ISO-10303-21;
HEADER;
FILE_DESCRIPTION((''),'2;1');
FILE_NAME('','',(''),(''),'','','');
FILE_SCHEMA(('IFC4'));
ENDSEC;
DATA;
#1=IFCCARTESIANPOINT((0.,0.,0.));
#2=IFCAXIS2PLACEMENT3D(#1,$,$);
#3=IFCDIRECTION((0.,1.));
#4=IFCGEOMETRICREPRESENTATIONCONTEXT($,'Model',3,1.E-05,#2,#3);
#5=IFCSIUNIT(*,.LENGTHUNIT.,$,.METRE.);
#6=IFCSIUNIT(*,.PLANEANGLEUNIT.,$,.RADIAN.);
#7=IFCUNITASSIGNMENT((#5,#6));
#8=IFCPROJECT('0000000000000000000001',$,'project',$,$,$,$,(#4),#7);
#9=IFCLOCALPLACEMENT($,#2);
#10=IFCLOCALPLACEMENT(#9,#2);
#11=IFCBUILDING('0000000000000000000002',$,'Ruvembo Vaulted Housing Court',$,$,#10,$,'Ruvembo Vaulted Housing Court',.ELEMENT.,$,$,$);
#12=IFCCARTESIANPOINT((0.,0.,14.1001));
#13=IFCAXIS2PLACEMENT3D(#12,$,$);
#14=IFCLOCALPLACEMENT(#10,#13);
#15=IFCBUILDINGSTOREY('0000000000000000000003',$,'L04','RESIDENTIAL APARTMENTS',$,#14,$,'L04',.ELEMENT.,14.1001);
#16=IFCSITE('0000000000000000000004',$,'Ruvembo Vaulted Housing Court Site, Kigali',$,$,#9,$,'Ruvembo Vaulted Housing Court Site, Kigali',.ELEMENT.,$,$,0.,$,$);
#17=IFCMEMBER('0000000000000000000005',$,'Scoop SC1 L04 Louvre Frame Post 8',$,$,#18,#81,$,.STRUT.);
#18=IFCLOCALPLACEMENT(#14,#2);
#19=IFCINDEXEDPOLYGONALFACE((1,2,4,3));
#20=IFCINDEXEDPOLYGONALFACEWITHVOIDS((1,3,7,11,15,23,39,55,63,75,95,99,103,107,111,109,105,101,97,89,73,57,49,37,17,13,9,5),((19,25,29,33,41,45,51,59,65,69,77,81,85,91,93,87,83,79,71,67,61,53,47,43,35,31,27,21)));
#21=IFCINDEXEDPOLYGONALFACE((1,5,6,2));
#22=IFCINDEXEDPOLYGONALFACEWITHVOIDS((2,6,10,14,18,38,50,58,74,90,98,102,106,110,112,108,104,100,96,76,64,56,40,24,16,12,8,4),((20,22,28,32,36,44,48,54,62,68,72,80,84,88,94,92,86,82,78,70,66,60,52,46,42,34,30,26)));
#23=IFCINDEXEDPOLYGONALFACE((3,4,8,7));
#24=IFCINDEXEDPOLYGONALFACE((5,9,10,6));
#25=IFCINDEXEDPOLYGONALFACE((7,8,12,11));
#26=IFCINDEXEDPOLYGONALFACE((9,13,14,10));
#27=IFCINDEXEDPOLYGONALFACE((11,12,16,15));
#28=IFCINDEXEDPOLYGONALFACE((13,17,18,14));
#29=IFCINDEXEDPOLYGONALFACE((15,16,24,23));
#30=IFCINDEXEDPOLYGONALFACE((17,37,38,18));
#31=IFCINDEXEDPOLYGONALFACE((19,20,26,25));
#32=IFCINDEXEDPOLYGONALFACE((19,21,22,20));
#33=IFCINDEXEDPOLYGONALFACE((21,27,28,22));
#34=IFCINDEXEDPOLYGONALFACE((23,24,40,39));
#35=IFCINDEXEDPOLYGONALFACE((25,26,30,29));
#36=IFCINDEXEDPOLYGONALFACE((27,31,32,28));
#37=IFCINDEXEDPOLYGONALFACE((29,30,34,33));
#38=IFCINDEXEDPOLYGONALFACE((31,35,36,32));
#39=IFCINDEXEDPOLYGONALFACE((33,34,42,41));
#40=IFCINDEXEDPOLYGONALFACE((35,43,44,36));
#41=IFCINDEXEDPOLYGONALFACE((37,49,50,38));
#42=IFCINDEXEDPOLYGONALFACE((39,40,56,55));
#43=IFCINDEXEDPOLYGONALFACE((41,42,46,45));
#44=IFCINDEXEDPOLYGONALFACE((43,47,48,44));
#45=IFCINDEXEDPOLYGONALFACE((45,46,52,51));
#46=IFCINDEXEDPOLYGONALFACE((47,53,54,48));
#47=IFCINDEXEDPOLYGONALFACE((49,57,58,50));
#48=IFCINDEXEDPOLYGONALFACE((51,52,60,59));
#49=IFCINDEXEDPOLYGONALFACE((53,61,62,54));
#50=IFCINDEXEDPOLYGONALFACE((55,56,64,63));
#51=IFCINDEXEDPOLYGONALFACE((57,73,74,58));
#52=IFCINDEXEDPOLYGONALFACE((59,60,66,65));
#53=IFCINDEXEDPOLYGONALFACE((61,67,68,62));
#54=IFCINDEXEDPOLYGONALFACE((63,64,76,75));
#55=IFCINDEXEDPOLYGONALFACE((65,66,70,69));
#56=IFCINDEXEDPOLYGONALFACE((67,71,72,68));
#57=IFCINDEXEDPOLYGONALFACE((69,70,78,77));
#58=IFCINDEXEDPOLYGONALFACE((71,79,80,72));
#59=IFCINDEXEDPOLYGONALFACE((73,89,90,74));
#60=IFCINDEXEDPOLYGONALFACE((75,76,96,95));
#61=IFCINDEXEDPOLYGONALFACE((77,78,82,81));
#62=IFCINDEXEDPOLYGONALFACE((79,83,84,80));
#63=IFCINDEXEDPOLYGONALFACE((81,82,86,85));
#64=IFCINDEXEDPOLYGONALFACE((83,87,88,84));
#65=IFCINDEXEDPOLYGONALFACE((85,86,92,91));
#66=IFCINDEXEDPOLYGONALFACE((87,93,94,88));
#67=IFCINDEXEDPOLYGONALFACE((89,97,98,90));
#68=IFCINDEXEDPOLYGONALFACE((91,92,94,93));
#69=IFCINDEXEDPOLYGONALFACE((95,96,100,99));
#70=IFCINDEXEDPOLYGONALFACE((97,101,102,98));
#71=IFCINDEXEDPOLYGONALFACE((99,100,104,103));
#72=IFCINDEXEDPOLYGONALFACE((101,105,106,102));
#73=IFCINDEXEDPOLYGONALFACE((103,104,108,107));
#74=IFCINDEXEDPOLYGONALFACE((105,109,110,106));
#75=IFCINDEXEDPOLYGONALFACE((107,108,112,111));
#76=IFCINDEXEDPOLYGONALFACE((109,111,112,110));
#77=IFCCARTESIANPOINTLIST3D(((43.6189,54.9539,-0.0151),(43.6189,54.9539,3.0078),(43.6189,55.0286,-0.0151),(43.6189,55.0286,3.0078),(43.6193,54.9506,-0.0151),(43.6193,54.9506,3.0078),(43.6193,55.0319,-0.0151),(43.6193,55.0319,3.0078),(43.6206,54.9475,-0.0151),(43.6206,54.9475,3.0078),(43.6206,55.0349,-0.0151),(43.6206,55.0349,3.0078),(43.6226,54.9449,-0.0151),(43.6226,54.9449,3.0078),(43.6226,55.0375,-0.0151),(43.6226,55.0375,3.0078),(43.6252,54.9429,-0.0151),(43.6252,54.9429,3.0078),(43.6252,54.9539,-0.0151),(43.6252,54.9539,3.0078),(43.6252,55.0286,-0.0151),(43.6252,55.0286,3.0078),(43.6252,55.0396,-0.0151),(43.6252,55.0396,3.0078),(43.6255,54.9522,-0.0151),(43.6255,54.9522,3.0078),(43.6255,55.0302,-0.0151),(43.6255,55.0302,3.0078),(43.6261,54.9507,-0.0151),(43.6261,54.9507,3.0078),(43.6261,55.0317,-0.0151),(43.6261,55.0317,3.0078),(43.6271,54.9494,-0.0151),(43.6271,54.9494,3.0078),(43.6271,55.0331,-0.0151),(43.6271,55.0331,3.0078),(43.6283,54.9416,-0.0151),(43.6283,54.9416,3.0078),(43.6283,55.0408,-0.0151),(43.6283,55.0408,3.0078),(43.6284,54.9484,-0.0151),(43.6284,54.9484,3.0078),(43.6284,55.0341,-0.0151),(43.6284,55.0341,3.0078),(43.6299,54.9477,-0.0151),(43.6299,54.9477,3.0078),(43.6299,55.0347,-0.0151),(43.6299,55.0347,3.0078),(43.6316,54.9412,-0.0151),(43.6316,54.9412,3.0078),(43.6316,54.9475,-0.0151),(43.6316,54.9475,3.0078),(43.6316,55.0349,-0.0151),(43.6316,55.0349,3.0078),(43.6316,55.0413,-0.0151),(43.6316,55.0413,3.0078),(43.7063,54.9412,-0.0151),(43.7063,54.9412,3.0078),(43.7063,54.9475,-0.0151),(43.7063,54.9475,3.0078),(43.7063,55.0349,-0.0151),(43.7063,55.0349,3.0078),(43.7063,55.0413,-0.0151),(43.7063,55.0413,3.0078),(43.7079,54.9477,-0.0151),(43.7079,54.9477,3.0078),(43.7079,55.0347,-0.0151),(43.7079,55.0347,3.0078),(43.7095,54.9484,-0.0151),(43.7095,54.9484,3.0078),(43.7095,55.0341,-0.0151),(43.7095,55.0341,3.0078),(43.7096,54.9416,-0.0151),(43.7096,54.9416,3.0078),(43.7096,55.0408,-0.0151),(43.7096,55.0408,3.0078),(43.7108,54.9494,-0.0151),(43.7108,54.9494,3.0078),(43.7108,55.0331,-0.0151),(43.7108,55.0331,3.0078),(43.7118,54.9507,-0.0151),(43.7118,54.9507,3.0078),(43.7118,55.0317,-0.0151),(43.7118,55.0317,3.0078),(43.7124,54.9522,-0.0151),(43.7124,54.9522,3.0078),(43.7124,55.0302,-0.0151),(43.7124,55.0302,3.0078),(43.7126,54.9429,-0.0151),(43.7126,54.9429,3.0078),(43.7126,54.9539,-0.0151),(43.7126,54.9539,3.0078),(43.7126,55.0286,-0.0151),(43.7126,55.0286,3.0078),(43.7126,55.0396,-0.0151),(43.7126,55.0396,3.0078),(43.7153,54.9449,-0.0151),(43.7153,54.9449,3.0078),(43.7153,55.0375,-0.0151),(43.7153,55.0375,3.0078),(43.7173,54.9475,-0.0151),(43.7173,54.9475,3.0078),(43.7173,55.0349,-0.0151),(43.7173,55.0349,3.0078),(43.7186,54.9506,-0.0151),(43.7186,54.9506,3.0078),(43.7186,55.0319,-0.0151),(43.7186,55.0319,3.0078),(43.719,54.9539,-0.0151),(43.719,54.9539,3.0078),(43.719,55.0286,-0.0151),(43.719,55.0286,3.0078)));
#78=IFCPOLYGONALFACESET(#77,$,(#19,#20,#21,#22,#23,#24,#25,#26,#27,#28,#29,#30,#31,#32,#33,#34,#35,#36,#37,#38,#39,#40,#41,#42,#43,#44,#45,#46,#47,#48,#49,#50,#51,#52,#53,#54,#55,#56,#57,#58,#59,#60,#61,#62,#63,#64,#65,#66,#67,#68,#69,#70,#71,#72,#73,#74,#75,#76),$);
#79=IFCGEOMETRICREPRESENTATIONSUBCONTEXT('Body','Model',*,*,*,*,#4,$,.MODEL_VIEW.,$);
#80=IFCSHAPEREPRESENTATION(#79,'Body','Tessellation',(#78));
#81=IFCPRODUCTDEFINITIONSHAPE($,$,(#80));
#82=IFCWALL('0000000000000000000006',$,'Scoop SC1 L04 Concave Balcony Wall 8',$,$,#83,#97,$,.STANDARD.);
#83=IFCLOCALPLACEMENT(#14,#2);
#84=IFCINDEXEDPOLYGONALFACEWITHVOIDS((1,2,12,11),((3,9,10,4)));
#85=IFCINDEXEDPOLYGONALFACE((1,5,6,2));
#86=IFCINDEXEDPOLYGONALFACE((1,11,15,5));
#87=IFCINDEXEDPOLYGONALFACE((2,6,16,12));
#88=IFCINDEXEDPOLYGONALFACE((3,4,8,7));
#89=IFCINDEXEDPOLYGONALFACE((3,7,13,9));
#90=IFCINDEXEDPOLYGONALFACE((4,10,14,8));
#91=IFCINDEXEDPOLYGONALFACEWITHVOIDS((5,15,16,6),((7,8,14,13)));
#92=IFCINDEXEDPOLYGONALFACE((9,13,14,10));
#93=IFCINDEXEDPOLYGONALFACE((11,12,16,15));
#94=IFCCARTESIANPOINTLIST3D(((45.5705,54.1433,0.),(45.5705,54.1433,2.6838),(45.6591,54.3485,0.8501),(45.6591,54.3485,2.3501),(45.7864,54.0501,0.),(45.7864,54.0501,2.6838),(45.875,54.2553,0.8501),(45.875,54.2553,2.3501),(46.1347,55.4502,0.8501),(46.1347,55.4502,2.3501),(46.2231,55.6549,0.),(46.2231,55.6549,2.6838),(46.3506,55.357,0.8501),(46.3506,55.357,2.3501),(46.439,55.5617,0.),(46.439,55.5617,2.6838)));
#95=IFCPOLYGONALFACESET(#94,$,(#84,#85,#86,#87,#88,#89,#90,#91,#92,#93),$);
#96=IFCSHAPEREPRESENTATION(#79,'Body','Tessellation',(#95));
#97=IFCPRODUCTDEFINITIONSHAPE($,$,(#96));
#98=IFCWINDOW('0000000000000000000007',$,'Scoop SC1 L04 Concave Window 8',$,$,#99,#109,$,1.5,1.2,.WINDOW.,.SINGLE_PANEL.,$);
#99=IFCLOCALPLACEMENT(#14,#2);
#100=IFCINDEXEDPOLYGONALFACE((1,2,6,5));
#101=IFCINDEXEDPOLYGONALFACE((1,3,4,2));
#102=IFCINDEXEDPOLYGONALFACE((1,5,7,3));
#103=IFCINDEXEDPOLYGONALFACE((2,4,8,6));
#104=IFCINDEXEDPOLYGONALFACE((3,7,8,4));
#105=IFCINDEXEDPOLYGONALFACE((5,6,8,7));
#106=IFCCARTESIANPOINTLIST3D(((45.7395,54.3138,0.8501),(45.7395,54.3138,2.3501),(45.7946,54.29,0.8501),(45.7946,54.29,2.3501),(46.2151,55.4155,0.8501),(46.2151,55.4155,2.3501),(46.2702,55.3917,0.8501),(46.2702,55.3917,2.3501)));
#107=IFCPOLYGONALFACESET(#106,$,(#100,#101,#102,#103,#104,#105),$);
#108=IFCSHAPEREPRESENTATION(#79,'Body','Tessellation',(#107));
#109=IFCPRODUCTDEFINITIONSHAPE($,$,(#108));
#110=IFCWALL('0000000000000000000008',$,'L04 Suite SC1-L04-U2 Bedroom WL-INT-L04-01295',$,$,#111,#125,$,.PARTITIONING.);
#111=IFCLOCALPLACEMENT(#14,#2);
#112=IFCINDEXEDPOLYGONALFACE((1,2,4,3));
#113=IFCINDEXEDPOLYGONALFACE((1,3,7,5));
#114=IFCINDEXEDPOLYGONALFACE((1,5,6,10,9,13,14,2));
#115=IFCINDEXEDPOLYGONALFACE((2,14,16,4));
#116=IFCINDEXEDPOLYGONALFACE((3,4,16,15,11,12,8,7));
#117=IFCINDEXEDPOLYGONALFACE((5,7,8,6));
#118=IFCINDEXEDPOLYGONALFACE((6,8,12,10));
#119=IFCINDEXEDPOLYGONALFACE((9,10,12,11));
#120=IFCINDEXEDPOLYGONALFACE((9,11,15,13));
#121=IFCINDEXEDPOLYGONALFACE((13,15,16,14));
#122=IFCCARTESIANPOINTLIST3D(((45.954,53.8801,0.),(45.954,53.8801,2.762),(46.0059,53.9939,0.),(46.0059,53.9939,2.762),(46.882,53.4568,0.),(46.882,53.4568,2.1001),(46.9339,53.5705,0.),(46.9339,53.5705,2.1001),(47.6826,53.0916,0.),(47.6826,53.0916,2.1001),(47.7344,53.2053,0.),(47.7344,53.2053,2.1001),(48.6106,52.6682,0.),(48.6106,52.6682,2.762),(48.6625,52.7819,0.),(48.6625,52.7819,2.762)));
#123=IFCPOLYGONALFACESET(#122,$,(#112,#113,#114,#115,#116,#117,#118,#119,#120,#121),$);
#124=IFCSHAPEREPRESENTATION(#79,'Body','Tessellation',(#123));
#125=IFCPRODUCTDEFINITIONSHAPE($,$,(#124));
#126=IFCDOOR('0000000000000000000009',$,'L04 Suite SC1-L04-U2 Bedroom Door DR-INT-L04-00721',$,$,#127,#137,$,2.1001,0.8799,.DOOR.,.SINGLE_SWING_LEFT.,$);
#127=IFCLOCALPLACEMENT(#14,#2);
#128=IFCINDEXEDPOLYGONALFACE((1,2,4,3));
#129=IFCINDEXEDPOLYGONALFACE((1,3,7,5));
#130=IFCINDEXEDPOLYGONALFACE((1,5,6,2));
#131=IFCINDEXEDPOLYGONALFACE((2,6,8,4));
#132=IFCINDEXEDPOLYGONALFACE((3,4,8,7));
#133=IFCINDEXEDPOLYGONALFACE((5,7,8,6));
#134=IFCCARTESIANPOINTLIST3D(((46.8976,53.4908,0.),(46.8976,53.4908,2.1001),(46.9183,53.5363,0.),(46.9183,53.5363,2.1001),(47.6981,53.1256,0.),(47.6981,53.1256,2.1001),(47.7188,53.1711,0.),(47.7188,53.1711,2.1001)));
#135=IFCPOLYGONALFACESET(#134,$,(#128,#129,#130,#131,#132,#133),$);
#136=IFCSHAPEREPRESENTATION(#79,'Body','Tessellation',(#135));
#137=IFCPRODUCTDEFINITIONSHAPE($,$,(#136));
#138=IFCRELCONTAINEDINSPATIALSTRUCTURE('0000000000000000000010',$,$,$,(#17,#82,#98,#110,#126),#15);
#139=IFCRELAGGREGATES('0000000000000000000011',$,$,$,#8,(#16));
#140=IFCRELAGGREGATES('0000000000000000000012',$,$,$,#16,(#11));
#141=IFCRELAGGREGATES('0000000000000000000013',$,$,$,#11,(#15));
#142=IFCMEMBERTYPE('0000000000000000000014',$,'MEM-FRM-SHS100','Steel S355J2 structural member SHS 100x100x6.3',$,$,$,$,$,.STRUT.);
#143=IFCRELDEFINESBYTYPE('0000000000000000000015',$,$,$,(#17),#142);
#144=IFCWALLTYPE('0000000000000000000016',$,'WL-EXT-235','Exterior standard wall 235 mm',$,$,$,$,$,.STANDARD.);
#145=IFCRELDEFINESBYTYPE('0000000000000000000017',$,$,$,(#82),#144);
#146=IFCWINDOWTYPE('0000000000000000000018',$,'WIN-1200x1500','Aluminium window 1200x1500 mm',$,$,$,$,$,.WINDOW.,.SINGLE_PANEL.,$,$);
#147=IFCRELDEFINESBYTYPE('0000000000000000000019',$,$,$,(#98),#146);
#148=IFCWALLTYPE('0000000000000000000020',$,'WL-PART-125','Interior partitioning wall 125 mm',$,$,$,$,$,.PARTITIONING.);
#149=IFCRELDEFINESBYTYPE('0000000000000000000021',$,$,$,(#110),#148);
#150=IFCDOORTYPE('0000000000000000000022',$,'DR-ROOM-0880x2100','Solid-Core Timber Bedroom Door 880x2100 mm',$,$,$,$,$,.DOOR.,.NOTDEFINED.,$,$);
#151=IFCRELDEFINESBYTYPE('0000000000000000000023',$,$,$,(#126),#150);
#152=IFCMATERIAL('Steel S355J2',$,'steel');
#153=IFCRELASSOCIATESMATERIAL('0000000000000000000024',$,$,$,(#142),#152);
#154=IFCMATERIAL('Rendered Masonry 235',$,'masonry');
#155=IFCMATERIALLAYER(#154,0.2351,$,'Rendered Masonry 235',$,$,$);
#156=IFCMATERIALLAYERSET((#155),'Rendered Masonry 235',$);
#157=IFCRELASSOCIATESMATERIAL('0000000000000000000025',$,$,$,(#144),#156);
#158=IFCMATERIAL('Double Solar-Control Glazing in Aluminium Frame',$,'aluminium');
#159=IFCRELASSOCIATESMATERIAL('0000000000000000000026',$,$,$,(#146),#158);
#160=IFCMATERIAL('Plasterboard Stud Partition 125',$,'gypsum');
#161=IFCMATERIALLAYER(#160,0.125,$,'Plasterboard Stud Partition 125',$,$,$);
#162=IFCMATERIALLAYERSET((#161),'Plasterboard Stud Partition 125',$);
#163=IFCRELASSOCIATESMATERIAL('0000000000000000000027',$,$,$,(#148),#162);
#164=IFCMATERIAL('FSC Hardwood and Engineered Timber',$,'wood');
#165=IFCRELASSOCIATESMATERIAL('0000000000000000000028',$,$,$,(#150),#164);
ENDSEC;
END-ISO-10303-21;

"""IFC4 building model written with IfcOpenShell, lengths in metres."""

from ifc_helpers import new_model, si_unit, direction, frame, frame_2d, origin, origin_2d, place, context, subcontext, project, spatial, rectangle, hollow_rectangle, extrude, material, layer, layer_set, material_profile, profile_set, type_object, element, fill, save


model = new_model("IFC4")

# Units and contexts
model_context = context("Model", 3, precision=1e-05, world=origin(), true_north=direction((0.0, 1.0)))
body_context = subcontext(model_context, "Body", "Model", "MODEL_VIEW")
ifc_project = project(units=[si_unit("LENGTHUNIT", "METRE"), si_unit("PLANEANGLEUNIT", "RADIAN")], contexts=[model_context])

# Site, building, storey
site_placement = place(None, origin())
site = spatial("IfcSite", under=ifc_project, at=site_placement, Name="Ruvembo Vaulted Housing Court Site, Kigali", LongName="Ruvembo Vaulted Housing Court Site, Kigali", CompositionType="ELEMENT", RefElevation=0.0)
building_placement = place(site_placement, origin())
building = spatial("IfcBuilding", under=site, at=building_placement, Name="Ruvembo Vaulted Housing Court", LongName="Ruvembo Vaulted Housing Court", CompositionType="ELEMENT")
storey_placement = place(building_placement, frame((0.0, 0.0, 14.1001)))
storey = spatial("IfcBuildingStorey", under=building, at=storey_placement, Name="L04", Description="RESIDENTIAL APARTMENTS", LongName="L04", CompositionType="ELEMENT", Elevation=14.1001)

# Shared definitions
ifc_material_1 = material(Name="Steel S355J2", Category="steel")

# Member
ifc_material_profile_1 = material_profile(ifc_material_1, hollow_rectangle(XDim=0.1001, YDim=0.1001, WallThickness=0.0063, InnerFilletRadius=0.0063, OuterFilletRadius=0.0127, at=origin_2d()), Name="SHS 100x100x6.3")
ifc_profile_set_1 = profile_set([ifc_material_profile_1], Name="Steel S355J2")
member_type_1 = type_object("IfcMemberType", Name="MEM-FRM-SHS100", Description="Steel S355J2 structural member SHS 100x100x6.3", PredefinedType="STRUT", material=ifc_profile_set_1)
member_placement = place(storey_placement, frame((43.6689, 54.9912, -0.0151), z_axis=(0.0, 0.0, 1.0), x_axis=(1.0, 0.0, 0.0)))
element("IfcMember", 1, at=member_placement, inside=storey, type_object=member_type_1, Name="Scoop SC1 L04 Louvre Frame Post 8", PredefinedType="STRUT", context=body_context, shape_type="SweptSolid", body=[
    extrude(hollow_rectangle(XDim=0.1001, YDim=0.1001, WallThickness=0.0063, InnerFilletRadius=0.0063, OuterFilletRadius=0.0127, at=origin_2d()), origin(), (0.0, 0.0, 1.0), 3.0229),
])

# Wall, opening, window
ifc_material_2 = material(Name="Rendered Masonry 235", Category="masonry")
ifc_layer_1 = layer(ifc_material_2, 0.2351, Name="Rendered Masonry 235")
ifc_layer_set_1 = layer_set([ifc_layer_1], Name="Rendered Masonry 235")
wall_type_1 = type_object("IfcWallType", Name="WL-EXT-235", Description="Exterior standard wall 235 mm", PredefinedType="STANDARD", material=ifc_layer_set_1)
wall_1_placement = place(storey_placement, frame((45.6785, 54.0967, 0.0), z_axis=(0.0, 0.0, 1.0), x_axis=(0.396334, 0.918107, 0.0)))
wall_1 = element("IfcWall", 2, at=wall_1_placement, inside=storey, type_object=wall_type_1, Name="Scoop SC1 L04 Concave Balcony Wall 8", PredefinedType="STANDARD", context=body_context, shape_type="SweptSolid", body=[
    extrude(rectangle(XDim=1.6465, YDim=0.2351, at=frame_2d((0.8232, 0.0))), origin(), (0.0, 0.0, 1.0), 2.6838),
])
opening_1_placement = place(wall_1_placement, frame((0.2234, 0.0, 0.8501)))
opening_1 = element("IfcOpeningElement", 3, at=opening_1_placement, cuts=wall_1, PredefinedType="OPENING", context=body_context, shape_type="SweptSolid", body=[
    extrude(rectangle(XDim=1.2, YDim=1.5, at=frame_2d((0.6001, 0.75))), frame((0.0, 0.1274, 0.0), z_axis=(0.0, -1.0, 0.0), x_axis=(1.0, 0.0, 0.0)), (0.0, 0.0, 1.0), 0.2551),
])
ifc_material_3 = material(Name="Double Solar-Control Glazing in Aluminium Frame", Category="aluminium")
window_type = type_object("IfcWindowType", Name="WIN-1200x1500", Description="Aluminium window 1200x1500 mm", PartitioningType="SINGLE_PANEL", PredefinedType="WINDOW", material=ifc_material_3)
window_placement = place(opening_1_placement, origin())
window = element("IfcWindow", 4, at=window_placement, inside=storey, type_object=window_type, Name="Scoop SC1 L04 Concave Window 8", OverallHeight=1.5, OverallWidth=1.2, PartitioningType="SINGLE_PANEL", PredefinedType="WINDOW", context=body_context, shape_type="SweptSolid", body=[
    extrude(rectangle(XDim=1.2, YDim=1.5, at=frame_2d((0.6001, 0.75))), frame((0.0, 0.03, 0.0), z_axis=(0.0, -1.0, 0.0), x_axis=(1.0, 0.0, 0.0)), (0.0, 0.0, 1.0), 0.0601),
])
fill(opening_1, window)

# Wall, opening, door
ifc_material_4 = material(Name="Plasterboard Stud Partition 125", Category="gypsum")
ifc_layer_2 = layer(ifc_material_4, 0.125, Name="Plasterboard Stud Partition 125")
ifc_layer_set_2 = layer_set([ifc_layer_2], Name="Plasterboard Stud Partition 125")
wall_type_2 = type_object("IfcWallType", Name="WL-PART-125", Description="Interior partitioning wall 125 mm", PredefinedType="PARTITIONING", material=ifc_layer_set_2)
wall_2_placement = place(storey_placement, frame((45.98, 53.937, 0.0), z_axis=(0.0, 0.0, 1.0), x_axis=(0.909796, -0.415056, 0.0)))
wall_2 = element("IfcWall", 5, at=wall_2_placement, inside=storey, type_object=wall_type_2, Name="L04 Suite SC1-L04-U2 Bedroom WL-INT-L04-01295", PredefinedType="PARTITIONING", context=body_context, shape_type="SweptSolid", body=[
    extrude(rectangle(XDim=2.9199, YDim=0.125, at=frame_2d((1.46, 0.0))), origin(), (0.0, 0.0, 1.0), 2.762),
])
opening_2_placement = place(wall_2_placement, frame((1.02, 0.0, 0.0)))
opening_2 = element("IfcOpeningElement", 6, at=opening_2_placement, cuts=wall_2, PredefinedType="OPENING", context=body_context, shape_type="SweptSolid", body=[
    extrude(rectangle(XDim=0.8799, YDim=2.1001, at=frame_2d((0.4399, 1.05))), frame((0.0, 0.0725, 0.0), z_axis=(0.0, -1.0, 0.0), x_axis=(1.0, 0.0, 0.0)), (0.0, 0.0, 1.0), 0.145),
])
ifc_material_5 = material(Name="FSC Hardwood and Engineered Timber", Category="wood")
door_type = type_object("IfcDoorType", Name="DR-ROOM-0880x2100", Description="Solid-Core Timber Bedroom Door 880x2100 mm", OperationType="NOTDEFINED", PredefinedType="DOOR", material=ifc_material_5)
door_placement = place(opening_2_placement, origin())
door = element("IfcDoor", 7, at=door_placement, inside=storey, type_object=door_type, Name="L04 Suite SC1-L04-U2 Bedroom Door DR-INT-L04-00721", OperationType="SINGLE_SWING_LEFT", OverallHeight=2.1001, OverallWidth=0.8799, PredefinedType="DOOR", context=body_context, shape_type="SweptSolid", body=[
    extrude(rectangle(XDim=0.8799, YDim=2.1001, at=frame_2d((0.4399, 1.05))), frame((0.0, 0.0249, 0.0), z_axis=(0.0, -1.0, 0.0), x_axis=(1.0, 0.0, 0.0)), (0.0, 0.0, 1.0), 0.05),
])
fill(opening_2, door)

save(model, "model.ifc")
